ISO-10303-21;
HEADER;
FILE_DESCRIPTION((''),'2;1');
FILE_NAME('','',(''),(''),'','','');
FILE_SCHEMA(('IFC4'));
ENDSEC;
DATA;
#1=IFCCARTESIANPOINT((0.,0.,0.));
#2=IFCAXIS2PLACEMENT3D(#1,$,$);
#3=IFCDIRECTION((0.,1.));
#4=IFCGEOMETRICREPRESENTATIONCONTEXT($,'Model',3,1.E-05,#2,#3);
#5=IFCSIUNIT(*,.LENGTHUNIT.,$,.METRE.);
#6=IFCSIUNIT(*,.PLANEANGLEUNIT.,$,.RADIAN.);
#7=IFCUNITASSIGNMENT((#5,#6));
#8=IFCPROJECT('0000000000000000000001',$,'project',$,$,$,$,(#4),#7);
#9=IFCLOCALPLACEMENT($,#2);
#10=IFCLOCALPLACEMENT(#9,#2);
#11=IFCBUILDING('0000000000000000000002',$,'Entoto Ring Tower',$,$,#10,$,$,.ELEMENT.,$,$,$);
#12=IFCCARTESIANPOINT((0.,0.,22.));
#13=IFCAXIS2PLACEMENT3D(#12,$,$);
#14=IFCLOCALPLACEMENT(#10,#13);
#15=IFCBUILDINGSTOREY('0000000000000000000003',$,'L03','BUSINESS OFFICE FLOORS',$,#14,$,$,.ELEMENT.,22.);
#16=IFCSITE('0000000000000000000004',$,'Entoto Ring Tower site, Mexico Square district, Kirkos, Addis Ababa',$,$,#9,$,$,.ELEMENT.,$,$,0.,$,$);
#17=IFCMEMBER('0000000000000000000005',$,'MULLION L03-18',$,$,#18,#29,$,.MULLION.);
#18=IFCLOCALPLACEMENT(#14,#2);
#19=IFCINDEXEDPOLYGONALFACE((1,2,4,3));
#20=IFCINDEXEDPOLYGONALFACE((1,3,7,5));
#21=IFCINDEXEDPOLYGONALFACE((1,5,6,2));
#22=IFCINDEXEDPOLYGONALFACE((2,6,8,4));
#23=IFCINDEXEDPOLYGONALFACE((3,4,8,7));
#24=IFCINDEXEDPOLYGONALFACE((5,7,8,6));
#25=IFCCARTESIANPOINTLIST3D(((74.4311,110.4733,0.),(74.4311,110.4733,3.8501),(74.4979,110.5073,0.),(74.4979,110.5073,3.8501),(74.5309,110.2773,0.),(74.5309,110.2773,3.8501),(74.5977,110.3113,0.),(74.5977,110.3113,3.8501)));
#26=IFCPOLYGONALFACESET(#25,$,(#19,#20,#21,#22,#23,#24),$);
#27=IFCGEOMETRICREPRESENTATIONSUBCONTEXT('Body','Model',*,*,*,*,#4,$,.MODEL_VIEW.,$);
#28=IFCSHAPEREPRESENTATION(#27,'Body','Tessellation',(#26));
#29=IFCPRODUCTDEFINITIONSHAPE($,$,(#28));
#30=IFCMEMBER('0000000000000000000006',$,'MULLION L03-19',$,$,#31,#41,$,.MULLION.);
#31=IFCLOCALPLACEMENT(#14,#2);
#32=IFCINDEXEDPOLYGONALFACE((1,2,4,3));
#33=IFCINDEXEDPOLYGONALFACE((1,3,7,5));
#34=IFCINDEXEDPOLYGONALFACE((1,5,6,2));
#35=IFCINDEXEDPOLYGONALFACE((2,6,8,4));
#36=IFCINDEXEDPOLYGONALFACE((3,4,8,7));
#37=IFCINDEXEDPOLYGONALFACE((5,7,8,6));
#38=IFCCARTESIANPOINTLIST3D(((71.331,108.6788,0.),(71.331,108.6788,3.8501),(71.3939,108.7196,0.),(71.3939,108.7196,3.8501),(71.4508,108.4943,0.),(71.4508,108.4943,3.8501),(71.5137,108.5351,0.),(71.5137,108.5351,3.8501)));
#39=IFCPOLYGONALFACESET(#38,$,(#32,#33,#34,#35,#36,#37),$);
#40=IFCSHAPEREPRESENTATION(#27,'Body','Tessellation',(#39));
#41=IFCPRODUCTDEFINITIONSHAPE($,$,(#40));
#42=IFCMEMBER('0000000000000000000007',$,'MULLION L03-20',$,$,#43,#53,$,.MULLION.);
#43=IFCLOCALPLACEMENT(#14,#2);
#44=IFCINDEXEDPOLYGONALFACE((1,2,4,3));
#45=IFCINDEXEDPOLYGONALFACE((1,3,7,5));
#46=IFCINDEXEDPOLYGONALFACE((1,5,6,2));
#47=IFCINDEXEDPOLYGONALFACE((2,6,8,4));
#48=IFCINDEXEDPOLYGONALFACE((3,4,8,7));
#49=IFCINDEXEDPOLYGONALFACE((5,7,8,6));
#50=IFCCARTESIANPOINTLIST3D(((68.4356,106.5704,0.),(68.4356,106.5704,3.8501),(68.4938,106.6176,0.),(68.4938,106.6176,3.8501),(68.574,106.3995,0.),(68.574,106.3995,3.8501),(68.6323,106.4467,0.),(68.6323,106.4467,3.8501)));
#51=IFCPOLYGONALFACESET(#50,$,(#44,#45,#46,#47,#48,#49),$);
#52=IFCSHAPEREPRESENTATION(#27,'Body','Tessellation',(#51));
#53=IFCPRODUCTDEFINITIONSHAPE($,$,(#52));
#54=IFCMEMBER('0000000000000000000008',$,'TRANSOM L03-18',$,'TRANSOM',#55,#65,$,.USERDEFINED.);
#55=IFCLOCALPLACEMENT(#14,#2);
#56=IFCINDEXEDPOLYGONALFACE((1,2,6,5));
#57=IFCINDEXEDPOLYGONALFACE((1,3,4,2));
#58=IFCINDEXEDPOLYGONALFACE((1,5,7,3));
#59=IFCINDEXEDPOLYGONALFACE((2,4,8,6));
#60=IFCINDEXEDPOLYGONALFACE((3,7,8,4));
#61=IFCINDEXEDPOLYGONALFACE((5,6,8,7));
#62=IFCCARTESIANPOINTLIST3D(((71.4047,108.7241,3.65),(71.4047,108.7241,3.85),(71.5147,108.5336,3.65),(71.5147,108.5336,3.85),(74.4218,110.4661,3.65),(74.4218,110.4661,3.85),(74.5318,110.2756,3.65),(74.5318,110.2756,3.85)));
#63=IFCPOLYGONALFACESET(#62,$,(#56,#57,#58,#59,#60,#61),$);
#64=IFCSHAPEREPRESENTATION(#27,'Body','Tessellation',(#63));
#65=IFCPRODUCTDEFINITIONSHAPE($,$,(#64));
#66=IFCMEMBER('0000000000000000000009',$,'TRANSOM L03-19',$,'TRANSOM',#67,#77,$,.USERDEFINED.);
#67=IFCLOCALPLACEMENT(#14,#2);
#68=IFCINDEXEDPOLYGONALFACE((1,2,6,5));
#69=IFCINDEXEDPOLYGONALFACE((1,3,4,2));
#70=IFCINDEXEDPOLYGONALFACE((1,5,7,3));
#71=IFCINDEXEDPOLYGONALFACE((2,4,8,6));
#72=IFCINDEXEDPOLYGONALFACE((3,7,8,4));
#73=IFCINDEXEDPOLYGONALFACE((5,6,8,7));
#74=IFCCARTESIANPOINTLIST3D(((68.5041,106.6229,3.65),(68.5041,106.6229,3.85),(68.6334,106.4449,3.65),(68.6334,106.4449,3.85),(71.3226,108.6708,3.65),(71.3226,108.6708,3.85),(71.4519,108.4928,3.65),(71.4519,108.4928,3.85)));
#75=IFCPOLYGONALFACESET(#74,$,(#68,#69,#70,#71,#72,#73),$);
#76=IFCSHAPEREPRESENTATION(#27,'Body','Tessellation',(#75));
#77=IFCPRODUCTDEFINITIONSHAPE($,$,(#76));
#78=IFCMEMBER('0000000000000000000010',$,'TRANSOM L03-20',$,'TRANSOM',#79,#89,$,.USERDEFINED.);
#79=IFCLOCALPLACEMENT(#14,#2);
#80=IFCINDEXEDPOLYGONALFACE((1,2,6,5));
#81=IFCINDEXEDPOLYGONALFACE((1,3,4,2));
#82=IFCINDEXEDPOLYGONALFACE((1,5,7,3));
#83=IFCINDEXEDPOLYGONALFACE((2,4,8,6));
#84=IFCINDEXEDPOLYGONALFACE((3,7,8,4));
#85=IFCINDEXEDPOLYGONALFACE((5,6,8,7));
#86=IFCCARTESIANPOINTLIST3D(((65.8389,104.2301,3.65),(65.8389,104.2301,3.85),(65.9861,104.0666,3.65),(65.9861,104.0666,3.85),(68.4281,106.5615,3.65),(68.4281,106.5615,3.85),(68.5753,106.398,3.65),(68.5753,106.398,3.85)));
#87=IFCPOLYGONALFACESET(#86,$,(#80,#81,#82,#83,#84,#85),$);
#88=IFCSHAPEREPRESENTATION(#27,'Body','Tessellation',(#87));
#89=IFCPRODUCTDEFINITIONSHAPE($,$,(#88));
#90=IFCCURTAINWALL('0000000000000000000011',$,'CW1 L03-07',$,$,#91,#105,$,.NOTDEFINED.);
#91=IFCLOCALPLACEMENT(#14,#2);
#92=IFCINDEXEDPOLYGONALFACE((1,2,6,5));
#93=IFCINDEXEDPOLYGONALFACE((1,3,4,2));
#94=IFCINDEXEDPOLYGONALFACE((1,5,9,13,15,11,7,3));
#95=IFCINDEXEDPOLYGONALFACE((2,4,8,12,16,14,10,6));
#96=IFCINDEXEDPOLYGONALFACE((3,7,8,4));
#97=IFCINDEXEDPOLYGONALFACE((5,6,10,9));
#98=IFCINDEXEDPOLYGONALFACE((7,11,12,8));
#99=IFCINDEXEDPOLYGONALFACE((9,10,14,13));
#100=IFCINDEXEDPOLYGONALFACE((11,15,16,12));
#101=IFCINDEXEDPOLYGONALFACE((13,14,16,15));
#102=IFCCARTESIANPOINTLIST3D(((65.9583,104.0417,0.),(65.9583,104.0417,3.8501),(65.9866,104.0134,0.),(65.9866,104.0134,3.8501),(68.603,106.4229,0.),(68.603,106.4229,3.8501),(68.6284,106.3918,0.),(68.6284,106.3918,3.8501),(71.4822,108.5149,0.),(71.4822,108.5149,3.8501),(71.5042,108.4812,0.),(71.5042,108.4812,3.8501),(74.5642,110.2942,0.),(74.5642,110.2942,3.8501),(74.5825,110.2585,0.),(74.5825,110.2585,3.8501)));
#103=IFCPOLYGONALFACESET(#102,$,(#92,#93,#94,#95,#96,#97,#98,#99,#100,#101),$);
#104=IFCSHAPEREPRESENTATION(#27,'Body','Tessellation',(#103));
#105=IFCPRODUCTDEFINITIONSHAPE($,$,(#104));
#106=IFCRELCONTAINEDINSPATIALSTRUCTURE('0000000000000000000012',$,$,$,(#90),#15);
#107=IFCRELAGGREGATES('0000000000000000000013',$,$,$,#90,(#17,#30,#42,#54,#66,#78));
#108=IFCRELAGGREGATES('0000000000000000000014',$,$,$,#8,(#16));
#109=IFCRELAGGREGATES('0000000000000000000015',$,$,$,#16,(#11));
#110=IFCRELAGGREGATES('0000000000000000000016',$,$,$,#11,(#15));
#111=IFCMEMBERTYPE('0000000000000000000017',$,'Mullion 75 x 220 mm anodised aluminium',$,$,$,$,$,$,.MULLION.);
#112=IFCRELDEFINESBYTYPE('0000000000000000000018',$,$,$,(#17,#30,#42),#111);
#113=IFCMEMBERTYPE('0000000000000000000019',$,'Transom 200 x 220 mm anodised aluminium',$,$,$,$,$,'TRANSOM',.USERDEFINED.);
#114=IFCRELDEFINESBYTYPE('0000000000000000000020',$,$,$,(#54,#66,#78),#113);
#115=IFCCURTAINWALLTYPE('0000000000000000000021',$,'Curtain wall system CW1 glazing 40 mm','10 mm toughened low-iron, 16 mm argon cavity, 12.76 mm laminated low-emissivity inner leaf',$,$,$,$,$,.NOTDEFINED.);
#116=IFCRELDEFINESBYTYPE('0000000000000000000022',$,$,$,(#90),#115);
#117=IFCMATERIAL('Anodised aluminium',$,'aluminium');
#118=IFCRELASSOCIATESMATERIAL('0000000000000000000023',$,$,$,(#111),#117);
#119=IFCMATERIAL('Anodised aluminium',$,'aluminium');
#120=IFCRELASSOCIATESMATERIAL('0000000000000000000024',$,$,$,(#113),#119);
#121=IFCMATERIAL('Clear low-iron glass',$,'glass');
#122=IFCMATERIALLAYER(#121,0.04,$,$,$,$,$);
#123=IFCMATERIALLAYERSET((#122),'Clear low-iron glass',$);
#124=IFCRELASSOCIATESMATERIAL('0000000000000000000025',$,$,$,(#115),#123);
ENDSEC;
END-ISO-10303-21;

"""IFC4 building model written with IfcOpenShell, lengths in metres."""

from ifc_helpers import new_model, si_unit, direction, frame, origin, origin_2d, place, context, subcontext, project, spatial, polyline, rectangle, outline, extrude, material, layer, layer_set, material_profile, profile_set, type_object, element, aggregate, save


model = new_model("IFC4")

# Units and contexts
model_context = context("Model", 3, precision=1e-05, world=origin(), true_north=direction((0.0, 1.0)))
body_context = subcontext(model_context, "Body", "Model", "MODEL_VIEW")
ifc_project = project(units=[si_unit("LENGTHUNIT", "METRE"), si_unit("PLANEANGLEUNIT", "RADIAN")], contexts=[model_context])

# Members
ifc_material_1 = material(Name="Anodised aluminium", Category="aluminium")
ifc_material_profile_1 = material_profile(ifc_material_1, rectangle(XDim=0.075, YDim=0.22, at=origin_2d()), Name="Mullion 75 x 220 mm anodised aluminium")
ifc_profile_set_1 = profile_set([ifc_material_profile_1], Name="Anodised aluminium")
member_type_1 = type_object("IfcMemberType", Name="Mullion 75 x 220 mm anodised aluminium", PredefinedType="MULLION", material=ifc_profile_set_1)
site_placement = place(None, origin())
building_placement = place(site_placement, origin())
storey_placement = place(building_placement, frame((0.0, 0.0, 22.0)))
member_1_placement = place(storey_placement, frame((74.5144, 110.3923, 0.0), z_axis=(0.0, 0.0, 1.0), x_axis=(-0.891007, -0.45399, 0.0)))
member_1 = element("IfcMember", 1, at=member_1_placement, type_object=member_type_1, Name="MULLION L03-18", PredefinedType="MULLION", context=body_context, shape_type="SweptSolid", body=[
    extrude(rectangle(XDim=0.075, YDim=0.22, at=origin_2d()), origin(), (0.0, 0.0, 1.0), 3.8501),
])
member_2_placement = place(storey_placement, frame((71.4224, 108.6069, 0.0), z_axis=(0.0, 0.0, 1.0), x_axis=(-0.838671, -0.544639, 0.0)))
member_2 = element("IfcMember", 2, at=member_2_placement, type_object=member_type_1, Name="MULLION L03-19", PredefinedType="MULLION", context=body_context, shape_type="SweptSolid", body=[
    extrude(rectangle(XDim=0.075, YDim=0.22, at=origin_2d()), origin(), (0.0, 0.0, 1.0), 3.8501),
])
member_3_placement = place(storey_placement, frame((68.5339, 106.5085, 0.0), z_axis=(0.0, 0.0, 1.0), x_axis=(-0.777146, -0.62932, 0.0)))
member_3 = element("IfcMember", 3, at=member_3_placement, type_object=member_type_1, Name="MULLION L03-20", PredefinedType="MULLION", context=body_context, shape_type="SweptSolid", body=[
    extrude(rectangle(XDim=0.075, YDim=0.22, at=origin_2d()), origin(), (0.0, 0.0, 1.0), 3.8501),
])
ifc_material_2 = material(Name="Anodised aluminium", Category="aluminium")
ifc_material_profile_2 = material_profile(ifc_material_2, rectangle(XDim=0.22, YDim=0.2, at=origin_2d()), Name="Transom 200 x 220 mm anodised aluminium")
ifc_profile_set_2 = profile_set([ifc_material_profile_2], Name="Anodised aluminium")
member_type_2 = type_object("IfcMemberType", Name="Transom 200 x 220 mm anodised aluminium", ElementType="TRANSOM", PredefinedType="USERDEFINED", material=ifc_profile_set_2)
member_4_placement = place(storey_placement, frame((74.4768, 110.3708, 3.75), z_axis=(-0.866022, -0.500006, 0.0), x_axis=(0.500006, -0.866022, 0.0)))
member_4 = element("IfcMember", 4, at=member_4_placement, type_object=member_type_2, Name="TRANSOM L03-18", ObjectType="TRANSOM", PredefinedType="USERDEFINED", context=body_context, shape_type="SweptSolid", body=[
    extrude(rectangle(XDim=0.22, YDim=0.2, at=origin_2d()), origin(), (0.0, 0.0, 1.0), 3.4839),
])
member_5_placement = place(storey_placement, frame((71.3872, 108.5818, 3.75), z_axis=(-0.808991, -0.587822, 0.0), x_axis=(0.587822, -0.808991, 0.0)))
member_5 = element("IfcMember", 5, at=member_5_placement, type_object=member_type_2, Name="TRANSOM L03-19", ObjectType="TRANSOM", PredefinedType="USERDEFINED", context=body_context, shape_type="SweptSolid", body=[
    extrude(rectangle(XDim=0.22, YDim=0.2, at=origin_2d()), origin(), (0.0, 0.0, 1.0), 3.4839),
])
member_6_placement = place(storey_placement, frame((68.5017, 106.4797, 3.75), z_axis=(-0.743137, -0.669139, 0.0), x_axis=(0.669139, -0.743137, 0.0)))
member_6 = element("IfcMember", 6, at=member_6_placement, type_object=member_type_2, Name="TRANSOM L03-20", ObjectType="TRANSOM", PredefinedType="USERDEFINED", context=body_context, shape_type="SweptSolid", body=[
    extrude(rectangle(XDim=0.22, YDim=0.2, at=origin_2d()), origin(), (0.0, 0.0, 1.0), 3.4841),
])

# Site, building, storey
site = spatial("IfcSite", under=ifc_project, at=site_placement, Name="Entoto Ring Tower site, Mexico Square district, Kirkos, Addis Ababa", CompositionType="ELEMENT", RefElevation=0.0)
building = spatial("IfcBuilding", under=site, at=building_placement, Name="Entoto Ring Tower", CompositionType="ELEMENT")
storey = spatial("IfcBuildingStorey", under=building, at=storey_placement, Name="L03", Description="BUSINESS OFFICE FLOORS", CompositionType="ELEMENT", Elevation=22.0)

# Curtain wall
ifc_material_3 = material(Name="Clear low-iron glass", Category="glass")
ifc_layer = layer(ifc_material_3, 0.04)
ifc_layer_set = layer_set([ifc_layer], Name="Clear low-iron glass")
curtain_wall_type = type_object("IfcCurtainWallType", Name="Curtain wall system CW1 glazing 40 mm", Description="10 mm toughened low-iron, 16 mm argon cavity, 12.76 mm laminated low-emissivity inner leaf", PredefinedType="NOTDEFINED", material=ifc_layer_set)
curtain_wall_1_placement = place(storey_placement, origin())
curtain_wall_1 = element("IfcCurtainWall", 7, at=curtain_wall_1_placement, inside=storey, type_object=curtain_wall_type, Name="CW1 L03-07", PredefinedType="NOTDEFINED", context=body_context, shape_type="SweptSolid", body=[
    extrude(outline(polyline([(74.5642, 110.2942), (71.4822, 108.5149), (68.603, 106.4229), (65.9583, 104.0417), (65.9866, 104.0134), (68.6284, 106.3918), (71.5042, 108.4812), (74.5825, 110.2585), (74.5642, 110.2942)])), origin(), (0.0, 0.0, 1.0), 3.8501),
])
aggregate(curtain_wall_1, [member_1, member_2, member_3, member_4, member_5, member_6])

save(model, "model.ifc")
